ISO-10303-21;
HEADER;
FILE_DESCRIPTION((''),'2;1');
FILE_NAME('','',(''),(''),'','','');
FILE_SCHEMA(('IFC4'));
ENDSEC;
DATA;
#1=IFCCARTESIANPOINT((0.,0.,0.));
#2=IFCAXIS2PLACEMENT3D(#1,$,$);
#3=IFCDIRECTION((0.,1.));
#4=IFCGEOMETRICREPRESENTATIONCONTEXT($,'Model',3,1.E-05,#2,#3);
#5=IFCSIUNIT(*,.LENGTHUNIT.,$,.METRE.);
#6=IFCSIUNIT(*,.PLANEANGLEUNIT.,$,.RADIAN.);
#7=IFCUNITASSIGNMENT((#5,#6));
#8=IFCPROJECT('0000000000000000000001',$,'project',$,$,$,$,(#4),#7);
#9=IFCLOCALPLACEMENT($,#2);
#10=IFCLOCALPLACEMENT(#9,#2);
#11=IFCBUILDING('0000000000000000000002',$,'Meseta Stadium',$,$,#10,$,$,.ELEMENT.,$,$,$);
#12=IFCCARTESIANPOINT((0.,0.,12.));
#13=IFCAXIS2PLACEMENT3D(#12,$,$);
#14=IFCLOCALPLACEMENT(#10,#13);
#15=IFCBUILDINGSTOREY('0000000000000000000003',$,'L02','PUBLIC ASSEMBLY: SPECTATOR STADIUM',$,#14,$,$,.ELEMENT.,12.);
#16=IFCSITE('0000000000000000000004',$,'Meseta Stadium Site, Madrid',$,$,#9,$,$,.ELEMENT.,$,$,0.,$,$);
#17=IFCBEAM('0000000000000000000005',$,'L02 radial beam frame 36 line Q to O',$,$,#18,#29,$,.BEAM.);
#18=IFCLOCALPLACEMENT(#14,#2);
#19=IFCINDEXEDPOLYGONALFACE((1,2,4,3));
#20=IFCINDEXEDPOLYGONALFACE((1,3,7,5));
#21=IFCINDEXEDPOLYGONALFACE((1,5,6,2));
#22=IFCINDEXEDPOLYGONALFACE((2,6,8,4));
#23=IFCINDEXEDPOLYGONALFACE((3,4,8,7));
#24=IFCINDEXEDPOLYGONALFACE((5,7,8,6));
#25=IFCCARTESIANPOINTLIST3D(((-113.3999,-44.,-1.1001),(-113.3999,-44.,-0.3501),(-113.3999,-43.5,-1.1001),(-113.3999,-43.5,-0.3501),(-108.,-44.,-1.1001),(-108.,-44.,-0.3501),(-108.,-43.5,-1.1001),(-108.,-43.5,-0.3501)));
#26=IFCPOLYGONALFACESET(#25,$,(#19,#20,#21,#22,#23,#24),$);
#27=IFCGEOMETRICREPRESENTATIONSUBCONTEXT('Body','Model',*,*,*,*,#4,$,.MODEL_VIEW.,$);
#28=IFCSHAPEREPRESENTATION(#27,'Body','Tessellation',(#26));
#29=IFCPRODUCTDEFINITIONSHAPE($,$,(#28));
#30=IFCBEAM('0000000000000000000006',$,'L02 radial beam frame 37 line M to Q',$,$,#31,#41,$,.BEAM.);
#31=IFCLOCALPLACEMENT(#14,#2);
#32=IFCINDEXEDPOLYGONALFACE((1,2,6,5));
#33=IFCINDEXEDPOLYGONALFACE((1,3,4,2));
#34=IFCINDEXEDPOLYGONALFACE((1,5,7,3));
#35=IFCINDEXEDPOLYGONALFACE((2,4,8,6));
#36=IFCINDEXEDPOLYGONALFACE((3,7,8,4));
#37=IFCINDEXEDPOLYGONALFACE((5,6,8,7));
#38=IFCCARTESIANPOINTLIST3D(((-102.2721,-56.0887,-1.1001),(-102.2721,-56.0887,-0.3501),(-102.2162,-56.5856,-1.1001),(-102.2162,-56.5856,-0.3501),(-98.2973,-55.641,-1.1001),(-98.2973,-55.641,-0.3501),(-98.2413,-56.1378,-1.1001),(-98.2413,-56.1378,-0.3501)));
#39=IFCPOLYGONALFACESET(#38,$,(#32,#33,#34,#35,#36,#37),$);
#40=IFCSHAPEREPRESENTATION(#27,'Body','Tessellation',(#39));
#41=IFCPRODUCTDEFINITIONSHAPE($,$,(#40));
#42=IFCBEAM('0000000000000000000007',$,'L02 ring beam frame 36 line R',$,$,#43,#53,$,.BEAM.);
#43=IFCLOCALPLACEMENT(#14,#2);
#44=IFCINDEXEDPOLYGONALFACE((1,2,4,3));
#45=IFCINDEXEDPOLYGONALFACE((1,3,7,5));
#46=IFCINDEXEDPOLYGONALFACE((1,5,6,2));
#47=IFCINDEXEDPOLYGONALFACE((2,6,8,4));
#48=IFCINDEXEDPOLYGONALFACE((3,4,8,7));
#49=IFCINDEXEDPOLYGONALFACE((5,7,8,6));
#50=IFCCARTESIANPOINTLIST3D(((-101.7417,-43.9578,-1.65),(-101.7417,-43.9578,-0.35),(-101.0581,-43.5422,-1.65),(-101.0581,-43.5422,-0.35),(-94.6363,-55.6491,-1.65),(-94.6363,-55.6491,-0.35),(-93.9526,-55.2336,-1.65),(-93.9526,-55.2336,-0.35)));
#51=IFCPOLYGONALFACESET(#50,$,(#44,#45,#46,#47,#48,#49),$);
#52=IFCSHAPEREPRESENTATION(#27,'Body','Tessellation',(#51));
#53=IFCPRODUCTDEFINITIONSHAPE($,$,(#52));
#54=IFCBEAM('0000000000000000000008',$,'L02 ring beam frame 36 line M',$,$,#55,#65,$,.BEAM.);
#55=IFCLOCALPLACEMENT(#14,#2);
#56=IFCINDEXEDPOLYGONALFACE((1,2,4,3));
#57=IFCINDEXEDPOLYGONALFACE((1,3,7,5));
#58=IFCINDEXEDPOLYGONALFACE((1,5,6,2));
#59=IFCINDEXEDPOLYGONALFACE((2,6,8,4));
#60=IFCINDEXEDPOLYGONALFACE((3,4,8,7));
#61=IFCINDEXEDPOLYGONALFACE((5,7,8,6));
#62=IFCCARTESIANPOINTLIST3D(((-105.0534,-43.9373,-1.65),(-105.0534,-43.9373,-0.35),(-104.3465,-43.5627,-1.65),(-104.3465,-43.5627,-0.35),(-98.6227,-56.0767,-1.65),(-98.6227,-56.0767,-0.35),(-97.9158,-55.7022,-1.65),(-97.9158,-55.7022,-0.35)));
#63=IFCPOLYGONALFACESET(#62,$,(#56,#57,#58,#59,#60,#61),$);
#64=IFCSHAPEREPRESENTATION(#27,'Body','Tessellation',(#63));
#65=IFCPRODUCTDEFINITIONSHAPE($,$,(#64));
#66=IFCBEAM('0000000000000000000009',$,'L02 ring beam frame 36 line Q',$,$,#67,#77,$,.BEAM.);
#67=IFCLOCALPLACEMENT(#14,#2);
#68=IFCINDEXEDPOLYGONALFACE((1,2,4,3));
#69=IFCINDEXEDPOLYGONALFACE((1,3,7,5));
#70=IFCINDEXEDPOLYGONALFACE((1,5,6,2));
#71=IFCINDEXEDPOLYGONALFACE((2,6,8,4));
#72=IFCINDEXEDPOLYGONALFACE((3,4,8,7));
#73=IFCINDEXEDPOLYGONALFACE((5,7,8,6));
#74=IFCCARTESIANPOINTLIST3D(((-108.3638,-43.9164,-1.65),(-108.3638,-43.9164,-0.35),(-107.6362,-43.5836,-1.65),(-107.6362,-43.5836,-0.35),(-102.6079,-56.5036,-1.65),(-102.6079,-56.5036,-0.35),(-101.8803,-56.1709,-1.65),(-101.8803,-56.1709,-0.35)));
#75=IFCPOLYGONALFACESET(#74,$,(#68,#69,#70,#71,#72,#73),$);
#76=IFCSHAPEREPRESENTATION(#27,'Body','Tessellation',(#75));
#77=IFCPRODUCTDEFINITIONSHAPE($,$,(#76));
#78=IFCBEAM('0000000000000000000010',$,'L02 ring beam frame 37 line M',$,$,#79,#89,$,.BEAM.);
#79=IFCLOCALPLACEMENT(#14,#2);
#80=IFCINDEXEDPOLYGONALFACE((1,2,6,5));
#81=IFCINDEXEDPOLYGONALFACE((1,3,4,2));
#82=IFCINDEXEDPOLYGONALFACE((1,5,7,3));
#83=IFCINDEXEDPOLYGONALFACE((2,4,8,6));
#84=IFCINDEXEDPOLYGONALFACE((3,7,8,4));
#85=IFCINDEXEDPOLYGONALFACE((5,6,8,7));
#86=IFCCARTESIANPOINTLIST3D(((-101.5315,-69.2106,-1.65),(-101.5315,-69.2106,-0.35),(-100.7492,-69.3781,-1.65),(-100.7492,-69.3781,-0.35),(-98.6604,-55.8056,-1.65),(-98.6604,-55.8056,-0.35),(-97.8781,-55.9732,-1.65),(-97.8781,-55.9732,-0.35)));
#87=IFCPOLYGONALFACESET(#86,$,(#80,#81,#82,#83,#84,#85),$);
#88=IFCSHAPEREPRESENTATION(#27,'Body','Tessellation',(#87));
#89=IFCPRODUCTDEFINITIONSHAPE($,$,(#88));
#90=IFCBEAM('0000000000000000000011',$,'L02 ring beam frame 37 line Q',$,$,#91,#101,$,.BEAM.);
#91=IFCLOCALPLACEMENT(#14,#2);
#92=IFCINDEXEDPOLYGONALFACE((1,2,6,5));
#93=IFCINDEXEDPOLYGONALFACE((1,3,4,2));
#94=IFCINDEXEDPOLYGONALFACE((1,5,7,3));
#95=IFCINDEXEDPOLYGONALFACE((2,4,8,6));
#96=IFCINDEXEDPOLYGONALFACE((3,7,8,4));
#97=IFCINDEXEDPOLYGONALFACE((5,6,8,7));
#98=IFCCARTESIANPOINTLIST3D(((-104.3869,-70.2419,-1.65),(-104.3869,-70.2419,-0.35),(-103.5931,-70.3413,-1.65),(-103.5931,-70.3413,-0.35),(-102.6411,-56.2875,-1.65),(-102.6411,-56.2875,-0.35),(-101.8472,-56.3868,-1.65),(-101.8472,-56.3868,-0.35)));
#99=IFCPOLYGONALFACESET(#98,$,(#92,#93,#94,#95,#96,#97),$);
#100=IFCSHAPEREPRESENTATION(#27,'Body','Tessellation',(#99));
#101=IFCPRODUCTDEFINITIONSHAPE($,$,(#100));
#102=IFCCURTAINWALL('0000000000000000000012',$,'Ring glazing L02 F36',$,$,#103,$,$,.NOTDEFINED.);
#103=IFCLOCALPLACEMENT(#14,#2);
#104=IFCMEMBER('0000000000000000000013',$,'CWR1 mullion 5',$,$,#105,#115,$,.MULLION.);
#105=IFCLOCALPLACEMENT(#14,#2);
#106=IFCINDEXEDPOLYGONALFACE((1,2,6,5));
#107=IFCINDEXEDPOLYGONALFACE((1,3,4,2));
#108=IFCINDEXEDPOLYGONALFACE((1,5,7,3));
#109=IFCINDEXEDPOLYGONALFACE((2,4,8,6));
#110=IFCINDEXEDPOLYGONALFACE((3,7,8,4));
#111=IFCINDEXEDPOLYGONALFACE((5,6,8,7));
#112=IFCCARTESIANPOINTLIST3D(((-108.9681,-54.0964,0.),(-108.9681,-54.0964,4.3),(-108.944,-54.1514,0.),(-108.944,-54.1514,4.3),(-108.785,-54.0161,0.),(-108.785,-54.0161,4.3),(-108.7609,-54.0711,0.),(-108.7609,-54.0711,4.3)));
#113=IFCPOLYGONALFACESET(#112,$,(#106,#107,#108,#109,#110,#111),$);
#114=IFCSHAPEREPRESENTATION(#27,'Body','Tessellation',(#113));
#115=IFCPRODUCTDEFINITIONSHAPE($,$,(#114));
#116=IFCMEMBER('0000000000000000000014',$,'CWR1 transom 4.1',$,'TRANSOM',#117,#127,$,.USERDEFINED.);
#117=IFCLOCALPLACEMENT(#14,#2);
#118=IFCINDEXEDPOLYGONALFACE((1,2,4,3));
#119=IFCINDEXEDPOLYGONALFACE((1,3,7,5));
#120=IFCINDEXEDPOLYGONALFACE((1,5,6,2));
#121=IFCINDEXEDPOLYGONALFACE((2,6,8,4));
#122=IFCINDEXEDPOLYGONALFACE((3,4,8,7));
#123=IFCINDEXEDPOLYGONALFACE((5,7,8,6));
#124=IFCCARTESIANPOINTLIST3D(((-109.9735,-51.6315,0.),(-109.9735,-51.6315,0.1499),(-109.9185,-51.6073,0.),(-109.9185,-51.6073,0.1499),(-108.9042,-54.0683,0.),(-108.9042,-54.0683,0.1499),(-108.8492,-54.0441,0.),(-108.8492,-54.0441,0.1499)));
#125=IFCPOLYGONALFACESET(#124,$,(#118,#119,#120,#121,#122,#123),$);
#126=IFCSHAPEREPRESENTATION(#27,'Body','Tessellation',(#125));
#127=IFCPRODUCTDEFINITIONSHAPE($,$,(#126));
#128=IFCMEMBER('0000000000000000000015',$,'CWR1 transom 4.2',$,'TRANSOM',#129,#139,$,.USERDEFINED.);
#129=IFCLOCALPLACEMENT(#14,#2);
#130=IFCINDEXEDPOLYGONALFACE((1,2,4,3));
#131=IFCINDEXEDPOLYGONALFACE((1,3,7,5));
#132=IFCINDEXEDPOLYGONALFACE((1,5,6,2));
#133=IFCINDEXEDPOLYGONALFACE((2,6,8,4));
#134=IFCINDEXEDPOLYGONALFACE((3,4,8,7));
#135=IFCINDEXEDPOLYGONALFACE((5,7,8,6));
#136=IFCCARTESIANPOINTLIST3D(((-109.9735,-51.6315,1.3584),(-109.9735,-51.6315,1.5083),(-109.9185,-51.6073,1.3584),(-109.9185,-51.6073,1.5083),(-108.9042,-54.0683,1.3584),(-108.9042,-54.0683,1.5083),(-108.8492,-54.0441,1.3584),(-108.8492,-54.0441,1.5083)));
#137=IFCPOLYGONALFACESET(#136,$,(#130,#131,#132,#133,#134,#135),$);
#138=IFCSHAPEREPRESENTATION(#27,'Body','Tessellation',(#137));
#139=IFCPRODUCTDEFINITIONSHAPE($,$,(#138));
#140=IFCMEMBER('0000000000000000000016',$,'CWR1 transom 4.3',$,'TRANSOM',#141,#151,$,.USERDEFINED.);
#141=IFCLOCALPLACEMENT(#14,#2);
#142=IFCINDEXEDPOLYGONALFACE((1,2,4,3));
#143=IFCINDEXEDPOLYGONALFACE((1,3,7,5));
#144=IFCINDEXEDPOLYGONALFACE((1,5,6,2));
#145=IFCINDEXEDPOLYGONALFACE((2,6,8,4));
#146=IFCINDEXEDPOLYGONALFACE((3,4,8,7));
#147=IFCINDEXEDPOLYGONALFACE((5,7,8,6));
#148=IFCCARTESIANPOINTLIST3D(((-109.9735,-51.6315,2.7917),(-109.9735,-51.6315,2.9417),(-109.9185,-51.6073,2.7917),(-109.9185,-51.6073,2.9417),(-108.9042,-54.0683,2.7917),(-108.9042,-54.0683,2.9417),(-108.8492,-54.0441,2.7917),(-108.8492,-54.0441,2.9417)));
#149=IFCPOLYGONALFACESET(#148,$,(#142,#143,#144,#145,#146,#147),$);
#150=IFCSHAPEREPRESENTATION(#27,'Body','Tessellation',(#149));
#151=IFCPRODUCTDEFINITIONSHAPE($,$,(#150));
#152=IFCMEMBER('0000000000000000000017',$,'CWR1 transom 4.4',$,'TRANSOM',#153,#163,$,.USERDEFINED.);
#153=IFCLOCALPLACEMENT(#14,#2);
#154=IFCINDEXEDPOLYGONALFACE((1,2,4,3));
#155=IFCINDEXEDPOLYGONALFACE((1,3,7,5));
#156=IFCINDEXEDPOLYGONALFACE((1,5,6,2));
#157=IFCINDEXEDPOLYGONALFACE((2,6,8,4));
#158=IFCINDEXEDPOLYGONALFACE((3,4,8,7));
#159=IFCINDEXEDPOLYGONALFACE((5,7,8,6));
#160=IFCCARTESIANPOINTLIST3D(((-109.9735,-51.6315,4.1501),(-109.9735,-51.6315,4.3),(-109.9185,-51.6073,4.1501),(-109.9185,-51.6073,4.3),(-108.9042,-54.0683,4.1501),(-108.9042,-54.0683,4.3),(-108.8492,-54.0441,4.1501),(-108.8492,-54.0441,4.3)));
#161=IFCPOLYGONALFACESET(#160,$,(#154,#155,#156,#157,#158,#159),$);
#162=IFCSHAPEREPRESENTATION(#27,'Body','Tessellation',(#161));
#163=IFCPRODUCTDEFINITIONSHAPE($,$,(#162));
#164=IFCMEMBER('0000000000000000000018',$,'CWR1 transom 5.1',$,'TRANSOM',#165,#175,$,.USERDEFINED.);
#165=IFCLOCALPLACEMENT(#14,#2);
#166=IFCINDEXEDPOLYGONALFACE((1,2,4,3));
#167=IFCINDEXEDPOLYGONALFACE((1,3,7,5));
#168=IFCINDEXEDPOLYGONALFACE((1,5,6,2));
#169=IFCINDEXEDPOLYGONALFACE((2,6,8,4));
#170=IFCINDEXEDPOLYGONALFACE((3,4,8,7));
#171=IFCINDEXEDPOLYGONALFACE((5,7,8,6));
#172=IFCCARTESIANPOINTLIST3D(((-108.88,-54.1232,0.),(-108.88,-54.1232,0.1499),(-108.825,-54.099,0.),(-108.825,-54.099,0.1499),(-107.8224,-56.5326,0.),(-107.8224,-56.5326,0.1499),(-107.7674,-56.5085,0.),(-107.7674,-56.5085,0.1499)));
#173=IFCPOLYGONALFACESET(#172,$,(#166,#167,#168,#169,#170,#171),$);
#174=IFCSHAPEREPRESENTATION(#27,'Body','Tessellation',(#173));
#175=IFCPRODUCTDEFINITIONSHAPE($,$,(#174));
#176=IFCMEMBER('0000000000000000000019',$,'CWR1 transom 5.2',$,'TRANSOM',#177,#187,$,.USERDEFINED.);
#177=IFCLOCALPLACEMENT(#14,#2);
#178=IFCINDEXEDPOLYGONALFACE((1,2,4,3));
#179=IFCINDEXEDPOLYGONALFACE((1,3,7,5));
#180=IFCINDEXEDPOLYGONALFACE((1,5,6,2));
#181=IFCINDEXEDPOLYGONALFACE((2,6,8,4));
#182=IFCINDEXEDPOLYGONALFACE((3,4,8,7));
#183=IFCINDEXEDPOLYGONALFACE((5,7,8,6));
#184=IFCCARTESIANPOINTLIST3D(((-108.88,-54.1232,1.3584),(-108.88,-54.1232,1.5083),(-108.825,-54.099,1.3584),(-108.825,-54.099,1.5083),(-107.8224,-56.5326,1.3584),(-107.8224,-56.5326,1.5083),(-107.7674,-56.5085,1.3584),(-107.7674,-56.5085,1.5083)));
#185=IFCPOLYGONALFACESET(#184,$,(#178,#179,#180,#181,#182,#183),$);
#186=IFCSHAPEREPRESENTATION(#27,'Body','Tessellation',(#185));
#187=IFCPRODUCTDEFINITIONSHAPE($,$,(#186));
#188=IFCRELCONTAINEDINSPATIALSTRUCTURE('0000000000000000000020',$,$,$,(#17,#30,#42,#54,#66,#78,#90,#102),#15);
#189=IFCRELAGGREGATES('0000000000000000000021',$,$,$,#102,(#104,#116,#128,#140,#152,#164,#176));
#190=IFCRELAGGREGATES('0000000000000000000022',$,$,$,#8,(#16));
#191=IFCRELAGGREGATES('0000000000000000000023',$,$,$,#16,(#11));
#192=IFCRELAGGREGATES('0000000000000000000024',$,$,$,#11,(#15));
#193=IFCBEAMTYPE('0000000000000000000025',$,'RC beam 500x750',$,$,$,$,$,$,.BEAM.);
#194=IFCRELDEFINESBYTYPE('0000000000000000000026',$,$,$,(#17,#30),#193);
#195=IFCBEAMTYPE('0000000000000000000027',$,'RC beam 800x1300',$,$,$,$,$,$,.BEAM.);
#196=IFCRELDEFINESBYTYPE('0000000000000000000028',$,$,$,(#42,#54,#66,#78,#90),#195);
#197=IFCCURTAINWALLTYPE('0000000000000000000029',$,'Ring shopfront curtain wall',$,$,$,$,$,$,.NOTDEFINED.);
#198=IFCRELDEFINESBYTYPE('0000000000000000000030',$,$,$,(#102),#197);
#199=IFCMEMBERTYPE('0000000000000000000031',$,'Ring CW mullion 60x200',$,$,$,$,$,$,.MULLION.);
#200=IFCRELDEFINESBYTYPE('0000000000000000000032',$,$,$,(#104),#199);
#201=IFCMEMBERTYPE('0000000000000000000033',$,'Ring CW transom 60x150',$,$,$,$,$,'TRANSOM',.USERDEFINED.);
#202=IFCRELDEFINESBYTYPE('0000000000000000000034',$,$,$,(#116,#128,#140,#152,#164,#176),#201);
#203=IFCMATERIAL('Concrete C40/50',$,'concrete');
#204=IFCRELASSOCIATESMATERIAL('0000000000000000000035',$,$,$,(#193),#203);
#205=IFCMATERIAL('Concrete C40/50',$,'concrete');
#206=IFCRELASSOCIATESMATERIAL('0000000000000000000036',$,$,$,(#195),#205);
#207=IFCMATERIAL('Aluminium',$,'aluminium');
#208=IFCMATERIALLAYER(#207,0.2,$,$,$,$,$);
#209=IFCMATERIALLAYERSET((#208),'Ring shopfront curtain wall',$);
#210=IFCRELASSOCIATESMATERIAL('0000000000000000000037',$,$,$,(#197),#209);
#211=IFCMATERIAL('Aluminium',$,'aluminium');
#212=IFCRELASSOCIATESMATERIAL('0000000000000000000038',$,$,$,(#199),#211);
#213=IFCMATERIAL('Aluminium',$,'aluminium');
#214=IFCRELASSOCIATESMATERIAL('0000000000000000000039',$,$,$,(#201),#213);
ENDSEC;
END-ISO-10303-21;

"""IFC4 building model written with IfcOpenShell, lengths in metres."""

from ifc_helpers import new_model, si_unit, direction, frame, origin, origin_2d, place, context, subcontext, project, spatial, rectangle, extrude, material, layer, layer_set, material_profile, profile_set, type_object, element, aggregate, save


model = new_model("IFC4")

# Units and contexts
model_context = context("Model", 3, precision=1e-05, world=origin(), true_north=direction((0.0, 1.0)))
body_context = subcontext(model_context, "Body", "Model", "MODEL_VIEW")
ifc_project = project(units=[si_unit("LENGTHUNIT", "METRE"), si_unit("PLANEANGLEUNIT", "RADIAN")], contexts=[model_context])

# Site, building, storey
site_placement = place(None, origin())
site = spatial("IfcSite", under=ifc_project, at=site_placement, Name="Meseta Stadium Site, Madrid", CompositionType="ELEMENT", RefElevation=0.0)
building_placement = place(site_placement, origin())
building = spatial("IfcBuilding", under=site, at=building_placement, Name="Meseta Stadium", CompositionType="ELEMENT")
storey_placement = place(building_placement, frame((0.0, 0.0, 12.0)))
storey = spatial("IfcBuildingStorey", under=building, at=storey_placement, Name="L02", Description="PUBLIC ASSEMBLY: SPECTATOR STADIUM", CompositionType="ELEMENT", Elevation=12.0)

# Beams
ifc_material_1 = material(Name="Concrete C40/50", Category="concrete")
ifc_material_profile_1 = material_profile(ifc_material_1, rectangle(XDim=0.5, YDim=0.75, at=origin_2d()), Name="RC 500x750")
ifc_profile_set_1 = profile_set([ifc_material_profile_1], Name="Concrete C40/50")
beam_type_1 = type_object("IfcBeamType", Name="RC beam 500x750", PredefinedType="BEAM", material=ifc_profile_set_1)
beam_1_placement = place(storey_placement, frame((-108.0, -43.75, -0.7251), z_axis=(-1.0, 0.0, 0.0), x_axis=(0.0, -1.0, 0.0)))
element("IfcBeam", 1, at=beam_1_placement, inside=storey, type_object=beam_type_1, Name="L02 radial beam frame 36 line Q to O", PredefinedType="BEAM", context=body_context, shape_type="SweptSolid", body=[
    extrude(rectangle(XDim=0.5, YDim=0.75, at=origin_2d()), origin(), (0.0, 0.0, 1.0), 5.3999),
])
beam_2_placement = place(storey_placement, frame((-98.2693, -55.8894, -0.7251), z_axis=(-0.993715, -0.111939, 0.0), x_axis=(0.111939, -0.993715, 0.0)))
element("IfcBeam", 2, at=beam_2_placement, inside=storey, type_object=beam_type_1, Name="L02 radial beam frame 37 line M to Q", PredefinedType="BEAM", context=body_context, shape_type="SweptSolid", body=[
    extrude(rectangle(XDim=0.5, YDim=0.75, at=origin_2d()), origin(), (0.0, 0.0, 1.0), 4.0),
])
ifc_material_2 = material(Name="Concrete C40/50", Category="concrete")
ifc_material_profile_2 = material_profile(ifc_material_2, rectangle(XDim=0.8, YDim=1.3, at=origin_2d()), Name="RC 800x1300")
ifc_profile_set_2 = profile_set([ifc_material_profile_2], Name="Concrete C40/50")
beam_type_2 = type_object("IfcBeamType", Name="RC beam 800x1300", PredefinedType="BEAM", material=ifc_profile_set_2)
beam_3_placement = place(storey_placement, frame((-101.3999, -43.75, -1.0), z_axis=(0.519358, -0.854557, 0.0), x_axis=(0.854557, 0.519358, 0.0)))
element("IfcBeam", 3, at=beam_3_placement, inside=storey, type_object=beam_type_2, Name="L02 ring beam frame 36 line R", PredefinedType="BEAM", context=body_context, shape_type="SweptSolid", body=[
    extrude(rectangle(XDim=0.8, YDim=1.3, at=origin_2d()), origin(), (0.0, 0.0, 1.0), 13.6812),
])
beam_4_placement = place(storey_placement, frame((-104.7, -43.75, -1.0), z_axis=(0.468111, -0.88367, 0.0), x_axis=(0.88367, 0.468111, 0.0)))
element("IfcBeam", 4, at=beam_4_placement, inside=storey, type_object=beam_type_2, Name="L02 ring beam frame 36 line M", PredefinedType="BEAM", context=body_context, shape_type="SweptSolid", body=[
    extrude(rectangle(XDim=0.8, YDim=1.3, at=origin_2d()), origin(), (0.0, 0.0, 1.0), 13.7375),
])
beam_5_placement = place(storey_placement, frame((-108.0, -43.75, -1.0), z_axis=(0.415863, -0.909427, 0.0), x_axis=(0.909427, 0.415863, 0.0)))
element("IfcBeam", 5, at=beam_5_placement, inside=storey, type_object=beam_type_2, Name="L02 ring beam frame 36 line Q", PredefinedType="BEAM", context=body_context, shape_type="SweptSolid", body=[
    extrude(rectangle(XDim=0.8, YDim=1.3, at=origin_2d()), origin(), (0.0, 0.0, 1.0), 13.8408),
])
beam_6_placement = place(storey_placement, frame((-98.2693, -55.8894, -1.0), z_axis=(-0.209431, -0.977824, 0.0), x_axis=(0.977824, -0.209431, 0.0)))
element("IfcBeam", 6, at=beam_6_placement, inside=storey, type_object=beam_type_2, Name="L02 ring beam frame 37 line M", PredefinedType="BEAM", context=body_context, shape_type="SweptSolid", body=[
    extrude(rectangle(XDim=0.8, YDim=1.3, at=origin_2d()), origin(), (0.0, 0.0, 1.0), 13.709),
])
beam_7_placement = place(storey_placement, frame((-102.2441, -56.3372, -1.0), z_axis=(-0.124144, -0.992264, 0.0), x_axis=(0.992264, -0.124144, 0.0)))
element("IfcBeam", 7, at=beam_7_placement, inside=storey, type_object=beam_type_2, Name="L02 ring beam frame 37 line Q", PredefinedType="BEAM", context=body_context, shape_type="SweptSolid", body=[
    extrude(rectangle(XDim=0.8, YDim=1.3, at=origin_2d()), origin(), (0.0, 0.0, 1.0), 14.0632),
])

# Curtain wall, members
ifc_material_3 = material(Name="Aluminium", Category="aluminium")
ifc_layer_1 = layer(ifc_material_3, 0.2)
ifc_layer_set_1 = layer_set([ifc_layer_1], Name="Ring shopfront curtain wall")
curtain_wall_type = type_object("IfcCurtainWallType", Name="Ring shopfront curtain wall", PredefinedType="NOTDEFINED", material=ifc_layer_set_1)
curtain_wall_placement = place(storey_placement, origin())
curtain_wall = element("IfcCurtainWall", 8, at=curtain_wall_placement, inside=storey, type_object=curtain_wall_type, Name="Ring glazing L02 F36", PredefinedType="NOTDEFINED")
ifc_material_4 = material(Name="Aluminium", Category="aluminium")
ifc_material_profile_3 = material_profile(ifc_material_4, rectangle(XDim=0.2, YDim=0.0601, at=origin_2d()), Name="CW 200x60")
ifc_profile_set_3 = profile_set([ifc_material_profile_3], Name="Aluminium")
member_type_1 = type_object("IfcMemberType", Name="Ring CW mullion 60x200", PredefinedType="MULLION", material=ifc_profile_set_3)
member_1_placement = place(storey_placement, frame((-108.8645, -54.0837, 0.0), z_axis=(0.0, 0.0, 1.0), x_axis=(0.915687, 0.401892, 0.0)))
member_1 = element("IfcMember", 9, at=member_1_placement, type_object=member_type_1, Name="CWR1 mullion 5", PredefinedType="MULLION", context=body_context, shape_type="SweptSolid", body=[
    extrude(rectangle(XDim=0.2, YDim=0.0601, at=origin_2d()), origin(), (0.0, 0.0, 1.0), 4.3),
])
ifc_material_5 = material(Name="Aluminium", Category="aluminium")
ifc_material_profile_4 = material_profile(ifc_material_5, rectangle(XDim=0.0601, YDim=0.1499, at=origin_2d()), Name="CW 60x150")
ifc_profile_set_4 = profile_set([ifc_material_profile_4], Name="Aluminium")
member_type_2 = type_object("IfcMemberType", Name="Ring CW transom 60x150", ElementType="TRANSOM", PredefinedType="USERDEFINED", material=ifc_profile_set_4)
member_2_placement = place(storey_placement, frame((-109.946, -51.6194, 0.075), z_axis=(0.401844, -0.915708, 0.0), x_axis=(0.915708, 0.401844, 0.0)))
member_2 = element("IfcMember", 10, at=member_2_placement, type_object=member_type_2, Name="CWR1 transom 4.1", ObjectType="TRANSOM", PredefinedType="USERDEFINED", context=body_context, shape_type="SweptSolid", body=[
    extrude(rectangle(XDim=0.0601, YDim=0.1499, at=origin_2d()), origin(), (0.0, 0.0, 1.0), 2.6611),
])
member_3_placement = place(storey_placement, frame((-109.946, -51.6194, 1.4333), z_axis=(0.401844, -0.915708, 0.0), x_axis=(0.915708, 0.401844, 0.0)))
member_3 = element("IfcMember", 11, at=member_3_placement, type_object=member_type_2, Name="CWR1 transom 4.2", ObjectType="TRANSOM", PredefinedType="USERDEFINED", context=body_context, shape_type="SweptSolid", body=[
    extrude(rectangle(XDim=0.0601, YDim=0.1499, at=origin_2d()), origin(), (0.0, 0.0, 1.0), 2.6611),
])
member_4_placement = place(storey_placement, frame((-109.946, -51.6194, 2.8667), z_axis=(0.401844, -0.915708, 0.0), x_axis=(0.915708, 0.401844, 0.0)))
member_4 = element("IfcMember", 12, at=member_4_placement, type_object=member_type_2, Name="CWR1 transom 4.3", ObjectType="TRANSOM", PredefinedType="USERDEFINED", context=body_context, shape_type="SweptSolid", body=[
    extrude(rectangle(XDim=0.0601, YDim=0.1499, at=origin_2d()), origin(), (0.0, 0.0, 1.0), 2.6611),
])
member_5_placement = place(storey_placement, frame((-109.946, -51.6194, 4.2251), z_axis=(0.401844, -0.915708, 0.0), x_axis=(0.915708, 0.401844, 0.0)))
member_5 = element("IfcMember", 13, at=member_5_placement, type_object=member_type_2, Name="CWR1 transom 4.4", ObjectType="TRANSOM", PredefinedType="USERDEFINED", context=body_context, shape_type="SweptSolid", body=[
    extrude(rectangle(XDim=0.0601, YDim=0.1499, at=origin_2d()), origin(), (0.0, 0.0, 1.0), 2.6611),
])
member_6_placement = place(storey_placement, frame((-108.8525, -54.1111, 0.075), z_axis=(0.401933, -0.915669, 0.0), x_axis=(0.915669, 0.401933, 0.0)))
member_6 = element("IfcMember", 14, at=member_6_placement, type_object=member_type_2, Name="CWR1 transom 5.1", ObjectType="TRANSOM", PredefinedType="USERDEFINED", context=body_context, shape_type="SweptSolid", body=[
    extrude(rectangle(XDim=0.0601, YDim=0.1499, at=origin_2d()), origin(), (0.0, 0.0, 1.0), 2.6313),
])
member_7_placement = place(storey_placement, frame((-108.8525, -54.1111, 1.4333), z_axis=(0.401933, -0.915669, 0.0), x_axis=(0.915669, 0.401933, 0.0)))
member_7 = element("IfcMember", 15, at=member_7_placement, type_object=member_type_2, Name="CWR1 transom 5.2", ObjectType="TRANSOM", PredefinedType="USERDEFINED", context=body_context, shape_type="SweptSolid", body=[
    extrude(rectangle(XDim=0.0601, YDim=0.1499, at=origin_2d()), origin(), (0.0, 0.0, 1.0), 2.6313),
])
aggregate(curtain_wall, [member_1, member_2, member_3, member_4, member_5, member_6, member_7])

save(model, "model.ifc")
